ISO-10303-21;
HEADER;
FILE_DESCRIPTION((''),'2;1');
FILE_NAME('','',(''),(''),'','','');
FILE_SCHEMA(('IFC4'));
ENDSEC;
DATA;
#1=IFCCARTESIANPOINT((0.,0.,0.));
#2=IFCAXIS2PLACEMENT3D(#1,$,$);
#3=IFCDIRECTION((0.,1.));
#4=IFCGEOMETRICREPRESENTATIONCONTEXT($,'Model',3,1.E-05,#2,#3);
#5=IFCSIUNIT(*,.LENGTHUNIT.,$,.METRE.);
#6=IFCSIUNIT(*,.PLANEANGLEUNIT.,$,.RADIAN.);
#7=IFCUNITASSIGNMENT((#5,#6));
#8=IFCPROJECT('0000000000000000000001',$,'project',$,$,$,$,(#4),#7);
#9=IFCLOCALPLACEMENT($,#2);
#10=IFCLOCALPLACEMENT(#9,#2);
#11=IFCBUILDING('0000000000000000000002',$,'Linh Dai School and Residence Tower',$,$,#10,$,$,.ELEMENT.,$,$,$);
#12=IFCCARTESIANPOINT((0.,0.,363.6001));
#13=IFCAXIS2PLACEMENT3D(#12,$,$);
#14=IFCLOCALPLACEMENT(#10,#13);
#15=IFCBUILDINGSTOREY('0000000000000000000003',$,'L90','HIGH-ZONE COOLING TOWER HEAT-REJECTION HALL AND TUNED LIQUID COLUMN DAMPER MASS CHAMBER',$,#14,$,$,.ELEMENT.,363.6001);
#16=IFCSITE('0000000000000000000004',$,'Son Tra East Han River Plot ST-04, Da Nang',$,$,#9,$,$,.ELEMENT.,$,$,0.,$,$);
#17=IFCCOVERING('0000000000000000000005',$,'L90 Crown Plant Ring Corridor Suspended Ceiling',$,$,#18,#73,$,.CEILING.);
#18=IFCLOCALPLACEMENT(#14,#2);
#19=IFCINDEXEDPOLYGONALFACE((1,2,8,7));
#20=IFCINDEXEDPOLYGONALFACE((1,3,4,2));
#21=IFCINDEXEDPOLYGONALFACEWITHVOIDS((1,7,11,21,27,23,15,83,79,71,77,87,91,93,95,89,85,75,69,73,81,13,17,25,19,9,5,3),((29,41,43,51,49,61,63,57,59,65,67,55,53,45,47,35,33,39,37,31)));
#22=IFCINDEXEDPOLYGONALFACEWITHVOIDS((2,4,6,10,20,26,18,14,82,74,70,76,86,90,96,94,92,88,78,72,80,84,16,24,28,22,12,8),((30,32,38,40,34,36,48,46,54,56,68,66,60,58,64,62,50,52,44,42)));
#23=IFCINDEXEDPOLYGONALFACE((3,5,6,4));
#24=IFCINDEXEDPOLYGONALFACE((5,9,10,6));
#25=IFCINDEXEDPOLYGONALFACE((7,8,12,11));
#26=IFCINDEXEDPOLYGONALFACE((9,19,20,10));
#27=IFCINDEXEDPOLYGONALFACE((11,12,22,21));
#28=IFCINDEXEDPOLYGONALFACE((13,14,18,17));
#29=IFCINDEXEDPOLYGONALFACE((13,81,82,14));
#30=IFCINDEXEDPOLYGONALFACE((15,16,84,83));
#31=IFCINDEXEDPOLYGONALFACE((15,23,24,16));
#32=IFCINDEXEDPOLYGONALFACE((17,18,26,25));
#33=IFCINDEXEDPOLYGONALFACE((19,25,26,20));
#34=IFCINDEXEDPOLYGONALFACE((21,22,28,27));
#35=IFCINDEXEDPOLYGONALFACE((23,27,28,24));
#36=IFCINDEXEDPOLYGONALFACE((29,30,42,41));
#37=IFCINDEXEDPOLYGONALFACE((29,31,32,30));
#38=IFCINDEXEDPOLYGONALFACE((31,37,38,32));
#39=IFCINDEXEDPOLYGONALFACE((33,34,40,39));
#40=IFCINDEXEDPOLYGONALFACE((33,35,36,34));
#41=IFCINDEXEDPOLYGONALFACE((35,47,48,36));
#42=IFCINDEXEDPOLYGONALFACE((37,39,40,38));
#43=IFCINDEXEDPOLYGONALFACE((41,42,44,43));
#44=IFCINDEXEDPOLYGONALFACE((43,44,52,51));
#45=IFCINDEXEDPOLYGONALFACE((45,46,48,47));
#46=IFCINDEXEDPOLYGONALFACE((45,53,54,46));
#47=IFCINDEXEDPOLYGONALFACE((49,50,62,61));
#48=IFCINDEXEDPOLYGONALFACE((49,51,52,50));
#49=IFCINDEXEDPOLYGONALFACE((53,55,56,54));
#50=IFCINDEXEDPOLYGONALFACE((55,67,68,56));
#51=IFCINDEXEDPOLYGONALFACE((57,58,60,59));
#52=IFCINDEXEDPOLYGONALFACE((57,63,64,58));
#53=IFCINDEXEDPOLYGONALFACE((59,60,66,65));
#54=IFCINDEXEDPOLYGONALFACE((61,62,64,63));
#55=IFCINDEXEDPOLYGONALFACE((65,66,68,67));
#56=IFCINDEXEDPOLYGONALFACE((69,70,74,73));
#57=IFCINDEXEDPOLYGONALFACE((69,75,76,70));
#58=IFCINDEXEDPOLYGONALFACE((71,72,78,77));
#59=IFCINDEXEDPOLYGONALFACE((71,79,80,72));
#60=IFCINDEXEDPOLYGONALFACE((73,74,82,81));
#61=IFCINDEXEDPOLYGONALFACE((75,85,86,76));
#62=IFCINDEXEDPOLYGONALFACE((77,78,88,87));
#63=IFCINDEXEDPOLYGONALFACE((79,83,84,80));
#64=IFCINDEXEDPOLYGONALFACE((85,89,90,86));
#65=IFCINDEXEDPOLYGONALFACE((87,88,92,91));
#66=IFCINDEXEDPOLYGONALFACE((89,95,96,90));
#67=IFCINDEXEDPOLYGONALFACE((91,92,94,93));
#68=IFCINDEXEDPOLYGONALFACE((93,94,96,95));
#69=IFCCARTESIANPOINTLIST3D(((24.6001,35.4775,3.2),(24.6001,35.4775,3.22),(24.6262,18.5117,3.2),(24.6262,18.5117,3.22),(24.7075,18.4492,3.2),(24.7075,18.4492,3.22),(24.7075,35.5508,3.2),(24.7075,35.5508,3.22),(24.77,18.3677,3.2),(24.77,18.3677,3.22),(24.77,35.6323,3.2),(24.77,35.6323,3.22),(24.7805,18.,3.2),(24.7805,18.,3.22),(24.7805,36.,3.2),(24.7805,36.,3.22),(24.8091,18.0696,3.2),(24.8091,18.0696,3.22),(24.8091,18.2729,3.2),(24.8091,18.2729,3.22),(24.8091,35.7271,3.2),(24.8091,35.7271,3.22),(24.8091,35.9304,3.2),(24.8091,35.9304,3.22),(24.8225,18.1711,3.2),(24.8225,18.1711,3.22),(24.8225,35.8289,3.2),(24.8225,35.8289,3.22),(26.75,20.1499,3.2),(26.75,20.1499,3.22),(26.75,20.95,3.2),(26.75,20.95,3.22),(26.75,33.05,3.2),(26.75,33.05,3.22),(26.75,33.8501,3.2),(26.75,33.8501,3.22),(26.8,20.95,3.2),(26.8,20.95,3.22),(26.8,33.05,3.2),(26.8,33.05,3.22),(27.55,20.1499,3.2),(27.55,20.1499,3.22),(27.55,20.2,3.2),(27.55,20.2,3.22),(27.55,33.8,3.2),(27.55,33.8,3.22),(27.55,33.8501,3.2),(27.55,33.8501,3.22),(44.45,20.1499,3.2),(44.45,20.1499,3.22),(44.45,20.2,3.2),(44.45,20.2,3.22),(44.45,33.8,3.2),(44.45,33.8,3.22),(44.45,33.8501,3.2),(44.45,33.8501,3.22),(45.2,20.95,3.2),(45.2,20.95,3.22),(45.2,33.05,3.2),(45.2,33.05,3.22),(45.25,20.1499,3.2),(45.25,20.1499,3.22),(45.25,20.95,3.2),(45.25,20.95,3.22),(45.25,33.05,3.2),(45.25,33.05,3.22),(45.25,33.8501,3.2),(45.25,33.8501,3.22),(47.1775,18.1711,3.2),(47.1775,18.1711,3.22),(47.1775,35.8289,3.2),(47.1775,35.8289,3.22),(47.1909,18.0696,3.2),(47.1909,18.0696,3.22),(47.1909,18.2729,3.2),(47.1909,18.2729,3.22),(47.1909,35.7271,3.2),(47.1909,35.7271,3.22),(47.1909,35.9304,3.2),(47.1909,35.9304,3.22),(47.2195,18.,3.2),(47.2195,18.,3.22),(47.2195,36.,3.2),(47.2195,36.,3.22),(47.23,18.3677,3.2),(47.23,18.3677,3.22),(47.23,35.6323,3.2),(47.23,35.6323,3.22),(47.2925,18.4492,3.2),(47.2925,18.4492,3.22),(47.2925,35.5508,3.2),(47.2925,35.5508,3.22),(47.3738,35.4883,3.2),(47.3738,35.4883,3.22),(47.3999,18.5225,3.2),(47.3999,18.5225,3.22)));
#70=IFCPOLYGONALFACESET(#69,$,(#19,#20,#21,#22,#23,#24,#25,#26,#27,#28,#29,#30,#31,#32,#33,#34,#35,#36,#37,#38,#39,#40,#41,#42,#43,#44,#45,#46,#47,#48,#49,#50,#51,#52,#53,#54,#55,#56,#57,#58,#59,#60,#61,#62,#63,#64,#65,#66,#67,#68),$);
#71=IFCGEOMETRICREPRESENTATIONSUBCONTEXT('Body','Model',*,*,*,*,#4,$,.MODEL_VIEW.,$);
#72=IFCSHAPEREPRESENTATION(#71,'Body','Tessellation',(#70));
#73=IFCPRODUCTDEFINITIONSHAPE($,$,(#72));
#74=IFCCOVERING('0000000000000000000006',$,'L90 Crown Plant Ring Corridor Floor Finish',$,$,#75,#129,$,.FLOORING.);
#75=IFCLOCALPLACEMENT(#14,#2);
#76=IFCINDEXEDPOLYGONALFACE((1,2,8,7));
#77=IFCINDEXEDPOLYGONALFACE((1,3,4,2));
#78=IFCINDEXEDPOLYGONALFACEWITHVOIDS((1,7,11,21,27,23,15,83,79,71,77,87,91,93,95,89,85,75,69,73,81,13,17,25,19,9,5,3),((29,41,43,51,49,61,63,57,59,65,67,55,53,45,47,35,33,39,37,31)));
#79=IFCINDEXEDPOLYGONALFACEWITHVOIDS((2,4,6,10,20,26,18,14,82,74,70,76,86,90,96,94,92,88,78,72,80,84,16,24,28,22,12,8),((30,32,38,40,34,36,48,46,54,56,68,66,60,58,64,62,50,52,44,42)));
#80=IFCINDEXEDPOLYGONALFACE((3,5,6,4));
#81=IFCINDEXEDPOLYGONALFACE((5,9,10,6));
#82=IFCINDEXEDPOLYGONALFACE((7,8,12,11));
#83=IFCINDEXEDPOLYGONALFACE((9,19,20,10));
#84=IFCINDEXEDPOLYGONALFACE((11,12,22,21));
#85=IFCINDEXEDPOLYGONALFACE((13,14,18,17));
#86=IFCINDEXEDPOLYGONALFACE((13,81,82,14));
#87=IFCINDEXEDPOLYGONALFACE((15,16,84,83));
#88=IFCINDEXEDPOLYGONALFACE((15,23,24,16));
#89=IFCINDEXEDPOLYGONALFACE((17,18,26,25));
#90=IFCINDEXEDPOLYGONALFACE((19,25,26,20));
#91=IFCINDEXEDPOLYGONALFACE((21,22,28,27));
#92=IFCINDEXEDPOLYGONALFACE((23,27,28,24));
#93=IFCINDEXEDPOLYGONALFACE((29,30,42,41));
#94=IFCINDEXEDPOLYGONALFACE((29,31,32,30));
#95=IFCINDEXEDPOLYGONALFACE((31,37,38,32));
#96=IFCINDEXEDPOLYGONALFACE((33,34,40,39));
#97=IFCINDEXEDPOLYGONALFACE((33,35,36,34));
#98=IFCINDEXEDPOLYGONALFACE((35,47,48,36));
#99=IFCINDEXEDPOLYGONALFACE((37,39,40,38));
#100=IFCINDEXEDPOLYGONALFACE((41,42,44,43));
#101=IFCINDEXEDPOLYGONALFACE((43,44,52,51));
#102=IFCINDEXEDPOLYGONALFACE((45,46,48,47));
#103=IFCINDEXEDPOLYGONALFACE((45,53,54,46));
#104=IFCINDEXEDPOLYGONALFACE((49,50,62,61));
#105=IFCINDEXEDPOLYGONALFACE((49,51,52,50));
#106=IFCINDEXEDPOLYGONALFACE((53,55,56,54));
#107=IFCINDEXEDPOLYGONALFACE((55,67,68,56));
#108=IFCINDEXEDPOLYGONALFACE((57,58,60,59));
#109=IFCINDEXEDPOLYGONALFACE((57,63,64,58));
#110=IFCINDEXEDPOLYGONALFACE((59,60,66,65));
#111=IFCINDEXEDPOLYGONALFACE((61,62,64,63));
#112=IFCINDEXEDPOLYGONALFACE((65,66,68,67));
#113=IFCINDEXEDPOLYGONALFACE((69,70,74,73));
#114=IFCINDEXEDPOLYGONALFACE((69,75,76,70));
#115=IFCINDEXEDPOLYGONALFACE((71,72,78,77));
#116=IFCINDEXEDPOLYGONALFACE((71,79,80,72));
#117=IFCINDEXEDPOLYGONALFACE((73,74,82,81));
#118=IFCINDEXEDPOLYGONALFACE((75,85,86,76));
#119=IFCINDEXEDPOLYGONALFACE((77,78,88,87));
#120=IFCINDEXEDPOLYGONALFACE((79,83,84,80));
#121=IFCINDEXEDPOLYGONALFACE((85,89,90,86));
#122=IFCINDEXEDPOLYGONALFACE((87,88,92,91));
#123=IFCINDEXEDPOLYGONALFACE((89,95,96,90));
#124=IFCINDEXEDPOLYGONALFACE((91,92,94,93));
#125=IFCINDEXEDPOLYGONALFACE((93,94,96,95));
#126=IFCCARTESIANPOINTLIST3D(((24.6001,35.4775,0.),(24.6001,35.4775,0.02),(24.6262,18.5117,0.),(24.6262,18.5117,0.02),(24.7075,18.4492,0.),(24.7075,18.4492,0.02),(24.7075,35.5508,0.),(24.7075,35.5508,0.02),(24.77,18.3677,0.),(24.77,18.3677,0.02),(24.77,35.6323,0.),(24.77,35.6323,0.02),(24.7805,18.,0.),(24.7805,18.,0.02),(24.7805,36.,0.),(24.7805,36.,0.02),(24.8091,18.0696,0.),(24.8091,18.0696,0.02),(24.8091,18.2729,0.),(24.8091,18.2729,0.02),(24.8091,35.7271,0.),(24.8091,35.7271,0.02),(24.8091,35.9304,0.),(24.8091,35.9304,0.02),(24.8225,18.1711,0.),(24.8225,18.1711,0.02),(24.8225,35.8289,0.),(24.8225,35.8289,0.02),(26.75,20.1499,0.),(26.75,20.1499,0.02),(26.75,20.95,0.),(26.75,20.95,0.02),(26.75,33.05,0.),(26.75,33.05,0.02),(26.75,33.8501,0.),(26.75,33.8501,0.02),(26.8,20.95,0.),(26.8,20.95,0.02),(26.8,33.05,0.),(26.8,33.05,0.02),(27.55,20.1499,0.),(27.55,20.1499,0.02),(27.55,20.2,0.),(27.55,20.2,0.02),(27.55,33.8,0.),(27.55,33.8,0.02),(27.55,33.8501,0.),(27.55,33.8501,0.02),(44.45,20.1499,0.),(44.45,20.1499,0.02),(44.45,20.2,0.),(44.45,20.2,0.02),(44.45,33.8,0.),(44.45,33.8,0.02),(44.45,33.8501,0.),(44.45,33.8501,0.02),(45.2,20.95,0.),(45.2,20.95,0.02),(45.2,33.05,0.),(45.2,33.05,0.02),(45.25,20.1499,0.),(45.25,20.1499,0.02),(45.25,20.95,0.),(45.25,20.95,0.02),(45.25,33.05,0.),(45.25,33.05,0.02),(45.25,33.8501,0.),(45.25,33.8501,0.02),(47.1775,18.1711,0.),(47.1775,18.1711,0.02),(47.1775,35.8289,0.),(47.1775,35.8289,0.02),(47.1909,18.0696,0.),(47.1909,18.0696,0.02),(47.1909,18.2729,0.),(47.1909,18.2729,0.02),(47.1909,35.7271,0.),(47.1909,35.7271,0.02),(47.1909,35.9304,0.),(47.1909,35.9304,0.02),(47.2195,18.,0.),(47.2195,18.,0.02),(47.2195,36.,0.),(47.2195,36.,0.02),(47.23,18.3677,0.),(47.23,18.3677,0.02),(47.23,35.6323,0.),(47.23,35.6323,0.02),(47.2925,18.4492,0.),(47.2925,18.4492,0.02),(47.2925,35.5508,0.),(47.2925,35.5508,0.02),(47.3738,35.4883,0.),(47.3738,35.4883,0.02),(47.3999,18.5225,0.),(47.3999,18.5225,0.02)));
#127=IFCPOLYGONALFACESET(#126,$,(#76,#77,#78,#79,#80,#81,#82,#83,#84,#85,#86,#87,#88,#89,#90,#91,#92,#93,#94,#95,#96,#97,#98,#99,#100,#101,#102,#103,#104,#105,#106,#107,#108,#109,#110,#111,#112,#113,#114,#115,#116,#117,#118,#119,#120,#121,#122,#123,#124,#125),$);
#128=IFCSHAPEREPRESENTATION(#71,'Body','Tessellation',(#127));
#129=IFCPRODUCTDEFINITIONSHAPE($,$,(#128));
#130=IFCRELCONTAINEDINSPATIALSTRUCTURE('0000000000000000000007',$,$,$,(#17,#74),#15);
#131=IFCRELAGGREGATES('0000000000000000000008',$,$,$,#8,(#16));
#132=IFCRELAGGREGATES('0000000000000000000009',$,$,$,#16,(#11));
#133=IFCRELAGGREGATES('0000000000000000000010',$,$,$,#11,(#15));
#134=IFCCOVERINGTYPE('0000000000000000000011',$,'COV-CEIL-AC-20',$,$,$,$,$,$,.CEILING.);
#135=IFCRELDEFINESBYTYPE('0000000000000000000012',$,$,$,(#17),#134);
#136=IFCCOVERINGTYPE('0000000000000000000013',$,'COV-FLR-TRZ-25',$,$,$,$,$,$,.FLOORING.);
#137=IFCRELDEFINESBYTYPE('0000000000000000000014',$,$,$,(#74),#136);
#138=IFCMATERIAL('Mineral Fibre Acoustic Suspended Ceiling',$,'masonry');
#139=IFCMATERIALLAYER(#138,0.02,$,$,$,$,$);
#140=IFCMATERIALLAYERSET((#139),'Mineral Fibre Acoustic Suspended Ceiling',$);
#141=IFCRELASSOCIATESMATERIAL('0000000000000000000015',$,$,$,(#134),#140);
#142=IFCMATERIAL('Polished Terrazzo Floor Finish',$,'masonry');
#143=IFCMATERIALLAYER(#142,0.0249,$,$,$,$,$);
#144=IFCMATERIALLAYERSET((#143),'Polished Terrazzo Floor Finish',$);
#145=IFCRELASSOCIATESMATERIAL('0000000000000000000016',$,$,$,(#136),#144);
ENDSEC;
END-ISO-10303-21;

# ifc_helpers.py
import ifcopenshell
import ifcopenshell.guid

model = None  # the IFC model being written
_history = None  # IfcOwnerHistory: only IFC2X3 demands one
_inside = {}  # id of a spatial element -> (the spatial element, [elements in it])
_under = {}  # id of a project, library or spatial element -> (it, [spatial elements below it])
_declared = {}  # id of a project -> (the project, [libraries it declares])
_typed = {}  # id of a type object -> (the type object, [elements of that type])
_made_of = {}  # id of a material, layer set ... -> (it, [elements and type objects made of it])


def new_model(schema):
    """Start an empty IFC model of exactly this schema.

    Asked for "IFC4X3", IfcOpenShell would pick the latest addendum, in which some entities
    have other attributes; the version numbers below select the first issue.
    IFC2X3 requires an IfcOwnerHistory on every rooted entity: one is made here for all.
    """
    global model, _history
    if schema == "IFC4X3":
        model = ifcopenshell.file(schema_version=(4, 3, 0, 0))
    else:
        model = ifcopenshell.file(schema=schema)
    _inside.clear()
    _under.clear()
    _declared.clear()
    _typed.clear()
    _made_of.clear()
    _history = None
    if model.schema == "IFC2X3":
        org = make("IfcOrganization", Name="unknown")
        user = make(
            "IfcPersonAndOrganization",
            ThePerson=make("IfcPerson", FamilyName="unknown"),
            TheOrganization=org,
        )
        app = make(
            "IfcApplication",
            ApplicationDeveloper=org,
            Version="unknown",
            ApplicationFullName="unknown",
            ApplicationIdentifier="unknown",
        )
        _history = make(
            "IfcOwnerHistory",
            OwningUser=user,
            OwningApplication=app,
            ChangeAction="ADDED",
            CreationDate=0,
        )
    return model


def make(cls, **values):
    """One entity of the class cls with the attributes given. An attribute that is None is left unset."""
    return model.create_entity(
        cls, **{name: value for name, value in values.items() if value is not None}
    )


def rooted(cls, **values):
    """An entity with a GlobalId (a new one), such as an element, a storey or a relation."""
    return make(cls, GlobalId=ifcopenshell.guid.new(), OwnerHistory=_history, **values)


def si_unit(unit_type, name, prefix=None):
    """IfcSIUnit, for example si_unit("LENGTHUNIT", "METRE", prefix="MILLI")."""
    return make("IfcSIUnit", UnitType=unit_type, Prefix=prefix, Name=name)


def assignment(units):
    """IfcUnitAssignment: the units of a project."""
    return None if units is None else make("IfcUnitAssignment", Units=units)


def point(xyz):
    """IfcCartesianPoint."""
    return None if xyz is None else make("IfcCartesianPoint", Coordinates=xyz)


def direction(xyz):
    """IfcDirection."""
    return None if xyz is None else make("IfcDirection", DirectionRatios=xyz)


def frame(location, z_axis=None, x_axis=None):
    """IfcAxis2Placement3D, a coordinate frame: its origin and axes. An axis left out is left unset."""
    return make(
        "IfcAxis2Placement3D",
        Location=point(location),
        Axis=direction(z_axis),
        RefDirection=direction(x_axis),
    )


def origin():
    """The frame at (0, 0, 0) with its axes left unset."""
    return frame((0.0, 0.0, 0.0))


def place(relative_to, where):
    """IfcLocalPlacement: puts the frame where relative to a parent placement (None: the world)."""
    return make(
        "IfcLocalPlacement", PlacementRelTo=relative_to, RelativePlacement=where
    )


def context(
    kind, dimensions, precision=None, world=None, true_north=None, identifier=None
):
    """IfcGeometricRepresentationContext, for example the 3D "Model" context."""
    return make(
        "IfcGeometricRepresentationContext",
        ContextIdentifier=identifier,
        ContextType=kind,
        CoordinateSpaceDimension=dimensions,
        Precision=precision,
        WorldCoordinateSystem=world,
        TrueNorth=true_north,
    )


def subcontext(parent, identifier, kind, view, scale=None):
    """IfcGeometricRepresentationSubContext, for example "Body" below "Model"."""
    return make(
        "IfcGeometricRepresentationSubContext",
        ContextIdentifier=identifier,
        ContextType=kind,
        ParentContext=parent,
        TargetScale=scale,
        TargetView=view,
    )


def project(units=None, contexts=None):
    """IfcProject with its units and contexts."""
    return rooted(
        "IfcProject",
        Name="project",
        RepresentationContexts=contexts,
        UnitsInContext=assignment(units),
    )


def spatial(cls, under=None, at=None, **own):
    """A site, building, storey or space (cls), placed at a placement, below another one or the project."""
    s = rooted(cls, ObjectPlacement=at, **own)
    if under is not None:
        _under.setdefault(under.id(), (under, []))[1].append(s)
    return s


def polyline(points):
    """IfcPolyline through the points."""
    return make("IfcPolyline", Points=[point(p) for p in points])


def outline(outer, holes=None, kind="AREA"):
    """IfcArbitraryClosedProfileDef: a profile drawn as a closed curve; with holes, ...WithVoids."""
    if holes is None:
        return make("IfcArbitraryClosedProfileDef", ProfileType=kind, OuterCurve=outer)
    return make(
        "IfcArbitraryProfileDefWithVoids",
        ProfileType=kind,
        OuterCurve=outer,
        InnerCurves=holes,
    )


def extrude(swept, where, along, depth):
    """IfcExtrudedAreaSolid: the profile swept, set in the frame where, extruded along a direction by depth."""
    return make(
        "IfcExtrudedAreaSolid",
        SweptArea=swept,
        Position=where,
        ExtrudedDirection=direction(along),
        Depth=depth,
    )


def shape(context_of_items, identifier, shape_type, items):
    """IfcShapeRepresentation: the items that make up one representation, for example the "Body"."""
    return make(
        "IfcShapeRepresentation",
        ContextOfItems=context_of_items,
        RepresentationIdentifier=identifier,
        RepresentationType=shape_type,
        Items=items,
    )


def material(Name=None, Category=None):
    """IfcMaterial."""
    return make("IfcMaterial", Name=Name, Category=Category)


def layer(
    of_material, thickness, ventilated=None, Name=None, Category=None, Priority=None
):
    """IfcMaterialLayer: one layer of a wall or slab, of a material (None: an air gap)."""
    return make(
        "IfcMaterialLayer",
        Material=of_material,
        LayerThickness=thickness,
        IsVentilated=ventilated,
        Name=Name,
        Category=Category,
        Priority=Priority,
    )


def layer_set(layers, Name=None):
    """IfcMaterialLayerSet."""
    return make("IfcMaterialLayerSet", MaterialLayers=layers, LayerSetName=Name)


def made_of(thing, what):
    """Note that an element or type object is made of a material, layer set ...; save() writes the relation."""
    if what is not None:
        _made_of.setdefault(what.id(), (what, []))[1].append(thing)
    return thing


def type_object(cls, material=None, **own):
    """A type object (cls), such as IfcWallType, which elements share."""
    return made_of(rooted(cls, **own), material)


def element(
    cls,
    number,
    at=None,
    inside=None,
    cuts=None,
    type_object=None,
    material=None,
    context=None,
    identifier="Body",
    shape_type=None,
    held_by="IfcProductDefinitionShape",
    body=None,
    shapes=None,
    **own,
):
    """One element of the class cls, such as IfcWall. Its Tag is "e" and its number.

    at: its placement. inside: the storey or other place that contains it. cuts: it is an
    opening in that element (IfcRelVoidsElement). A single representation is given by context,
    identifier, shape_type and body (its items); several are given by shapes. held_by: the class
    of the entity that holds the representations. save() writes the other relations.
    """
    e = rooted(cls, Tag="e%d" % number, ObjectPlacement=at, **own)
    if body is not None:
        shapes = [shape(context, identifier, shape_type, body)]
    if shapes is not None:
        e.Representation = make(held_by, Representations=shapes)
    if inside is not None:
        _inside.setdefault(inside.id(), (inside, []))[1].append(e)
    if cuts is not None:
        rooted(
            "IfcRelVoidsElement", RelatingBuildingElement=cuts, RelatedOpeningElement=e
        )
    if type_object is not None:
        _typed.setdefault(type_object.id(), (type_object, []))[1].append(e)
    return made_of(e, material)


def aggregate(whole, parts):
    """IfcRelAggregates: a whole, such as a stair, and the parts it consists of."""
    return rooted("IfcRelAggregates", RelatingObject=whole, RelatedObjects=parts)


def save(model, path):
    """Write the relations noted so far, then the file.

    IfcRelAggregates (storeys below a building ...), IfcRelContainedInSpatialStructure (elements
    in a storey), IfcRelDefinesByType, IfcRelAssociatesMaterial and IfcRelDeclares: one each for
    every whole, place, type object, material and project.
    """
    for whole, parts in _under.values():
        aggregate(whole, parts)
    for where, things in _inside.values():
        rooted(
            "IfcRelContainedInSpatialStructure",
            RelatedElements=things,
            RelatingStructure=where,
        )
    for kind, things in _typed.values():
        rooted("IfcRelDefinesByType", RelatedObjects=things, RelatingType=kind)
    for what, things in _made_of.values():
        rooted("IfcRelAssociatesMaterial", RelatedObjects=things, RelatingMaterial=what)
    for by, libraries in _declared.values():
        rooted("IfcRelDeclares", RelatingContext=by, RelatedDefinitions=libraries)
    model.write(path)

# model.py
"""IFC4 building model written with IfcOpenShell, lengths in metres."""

from ifc_helpers import new_model, si_unit, direction, frame, origin, place, context, subcontext, project, spatial, polyline, outline, extrude, material, layer, layer_set, type_object, element, save


model = new_model("IFC4")

# Units and contexts
model_context = context("Model", 3, precision=1e-05, world=origin(), true_north=direction((0.0, 1.0)))
body_context = subcontext(model_context, "Body", "Model", "MODEL_VIEW")
ifc_project = project(units=[si_unit("LENGTHUNIT", "METRE"), si_unit("PLANEANGLEUNIT", "RADIAN")], contexts=[model_context])

# Site, building, storey
site_placement = place(None, origin())
site = spatial("IfcSite", under=ifc_project, at=site_placement, Name="Son Tra East Han River Plot ST-04, Da Nang", CompositionType="ELEMENT", RefElevation=0.0)
building_placement = place(site_placement, origin())
building = spatial("IfcBuilding", under=site, at=building_placement, Name="Linh Dai School and Residence Tower", CompositionType="ELEMENT")
storey_placement = place(building_placement, frame((0.0, 0.0, 363.6001)))
storey = spatial("IfcBuildingStorey", under=building, at=storey_placement, Name="L90", Description="HIGH-ZONE COOLING TOWER HEAT-REJECTION HALL AND TUNED LIQUID COLUMN DAMPER MASS CHAMBER", CompositionType="ELEMENT", Elevation=363.6001)

# Coverings
ifc_material_1 = material(Name="Mineral Fibre Acoustic Suspended Ceiling", Category="masonry")
ifc_layer_1 = layer(ifc_material_1, 0.02)
ifc_layer_set_1 = layer_set([ifc_layer_1], Name="Mineral Fibre Acoustic Suspended Ceiling")
covering_type_1 = type_object("IfcCoveringType", Name="COV-CEIL-AC-20", PredefinedType="CEILING", material=ifc_layer_set_1)
covering_1_placement = place(storey_placement, frame((0.0, 0.0, 3.2)))
element("IfcCovering", 1, at=covering_1_placement, inside=storey, type_object=covering_type_1, Name="L90 Crown Plant Ring Corridor Suspended Ceiling", PredefinedType="CEILING", context=body_context, shape_type="SweptSolid", body=[
    extrude(outline(polyline([(24.6001, 35.4775), (24.7075, 35.5508), (24.77, 35.6323), (24.8091, 35.7271), (24.8225, 35.8289), (24.8091, 35.9304), (24.7805, 36.0), (47.2195, 36.0), (47.1909, 35.9304), (47.1775, 35.8289), (47.1909, 35.7271), (47.23, 35.6323), (47.2925, 35.5508), (47.3738, 35.4883), (47.3999, 18.5225), (47.2925, 18.4492), (47.23, 18.3677), (47.1909, 18.2729), (47.1775, 18.1711), (47.1909, 18.0696), (47.2195, 18.0), (24.7805, 18.0), (24.8091, 18.0696), (24.8225, 18.1711), (24.8091, 18.2729), (24.77, 18.3677), (24.7075, 18.4492), (24.6262, 18.5117), (24.6001, 35.4775)]), holes=[polyline([(26.8, 20.95), (26.75, 20.95), (26.75, 20.1499), (27.55, 20.1499), (27.55, 20.2), (44.45, 20.2), (44.45, 20.1499), (45.25, 20.1499), (45.25, 20.95), (45.2, 20.95), (45.2, 33.05), (45.25, 33.05), (45.25, 33.8501), (44.45, 33.8501), (44.45, 33.8), (27.55, 33.8), (27.55, 33.8501), (26.75, 33.8501), (26.75, 33.05), (26.8, 33.05), (26.8, 20.95)])]), origin(), (0.0, 0.0, 1.0), 0.02),
])
ifc_material_2 = material(Name="Polished Terrazzo Floor Finish", Category="masonry")
ifc_layer_2 = layer(ifc_material_2, 0.0249)
ifc_layer_set_2 = layer_set([ifc_layer_2], Name="Polished Terrazzo Floor Finish")
covering_type_2 = type_object("IfcCoveringType", Name="COV-FLR-TRZ-25", PredefinedType="FLOORING", material=ifc_layer_set_2)
covering_2_placement = place(storey_placement, origin())
element("IfcCovering", 2, at=covering_2_placement, inside=storey, type_object=covering_type_2, Name="L90 Crown Plant Ring Corridor Floor Finish", PredefinedType="FLOORING", context=body_context, shape_type="SweptSolid", body=[
    extrude(outline(polyline([(24.6001, 35.4775), (24.7075, 35.5508), (24.77, 35.6323), (24.8091, 35.7271), (24.8225, 35.8289), (24.8091, 35.9304), (24.7805, 36.0), (47.2195, 36.0), (47.1909, 35.9304), (47.1775, 35.8289), (47.1909, 35.7271), (47.23, 35.6323), (47.2925, 35.5508), (47.3738, 35.4883), (47.3999, 18.5225), (47.2925, 18.4492), (47.23, 18.3677), (47.1909, 18.2729), (47.1775, 18.1711), (47.1909, 18.0696), (47.2195, 18.0), (24.7805, 18.0), (24.8091, 18.0696), (24.8225, 18.1711), (24.8091, 18.2729), (24.77, 18.3677), (24.7075, 18.4492), (24.6262, 18.5117), (24.6001, 35.4775)]), holes=[polyline([(26.8, 20.95), (26.75, 20.95), (26.75, 20.1499), (27.55, 20.1499), (27.55, 20.2), (44.45, 20.2), (44.45, 20.1499), (45.25, 20.1499), (45.25, 20.95), (45.2, 20.95), (45.2, 33.05), (45.25, 33.05), (45.25, 33.8501), (44.45, 33.8501), (44.45, 33.8), (27.55, 33.8), (27.55, 33.8501), (26.75, 33.8501), (26.75, 33.05), (26.8, 33.05), (26.8, 20.95)])]), origin(), (0.0, 0.0, 1.0), 0.02),
])

save(model, "model.ifc")
